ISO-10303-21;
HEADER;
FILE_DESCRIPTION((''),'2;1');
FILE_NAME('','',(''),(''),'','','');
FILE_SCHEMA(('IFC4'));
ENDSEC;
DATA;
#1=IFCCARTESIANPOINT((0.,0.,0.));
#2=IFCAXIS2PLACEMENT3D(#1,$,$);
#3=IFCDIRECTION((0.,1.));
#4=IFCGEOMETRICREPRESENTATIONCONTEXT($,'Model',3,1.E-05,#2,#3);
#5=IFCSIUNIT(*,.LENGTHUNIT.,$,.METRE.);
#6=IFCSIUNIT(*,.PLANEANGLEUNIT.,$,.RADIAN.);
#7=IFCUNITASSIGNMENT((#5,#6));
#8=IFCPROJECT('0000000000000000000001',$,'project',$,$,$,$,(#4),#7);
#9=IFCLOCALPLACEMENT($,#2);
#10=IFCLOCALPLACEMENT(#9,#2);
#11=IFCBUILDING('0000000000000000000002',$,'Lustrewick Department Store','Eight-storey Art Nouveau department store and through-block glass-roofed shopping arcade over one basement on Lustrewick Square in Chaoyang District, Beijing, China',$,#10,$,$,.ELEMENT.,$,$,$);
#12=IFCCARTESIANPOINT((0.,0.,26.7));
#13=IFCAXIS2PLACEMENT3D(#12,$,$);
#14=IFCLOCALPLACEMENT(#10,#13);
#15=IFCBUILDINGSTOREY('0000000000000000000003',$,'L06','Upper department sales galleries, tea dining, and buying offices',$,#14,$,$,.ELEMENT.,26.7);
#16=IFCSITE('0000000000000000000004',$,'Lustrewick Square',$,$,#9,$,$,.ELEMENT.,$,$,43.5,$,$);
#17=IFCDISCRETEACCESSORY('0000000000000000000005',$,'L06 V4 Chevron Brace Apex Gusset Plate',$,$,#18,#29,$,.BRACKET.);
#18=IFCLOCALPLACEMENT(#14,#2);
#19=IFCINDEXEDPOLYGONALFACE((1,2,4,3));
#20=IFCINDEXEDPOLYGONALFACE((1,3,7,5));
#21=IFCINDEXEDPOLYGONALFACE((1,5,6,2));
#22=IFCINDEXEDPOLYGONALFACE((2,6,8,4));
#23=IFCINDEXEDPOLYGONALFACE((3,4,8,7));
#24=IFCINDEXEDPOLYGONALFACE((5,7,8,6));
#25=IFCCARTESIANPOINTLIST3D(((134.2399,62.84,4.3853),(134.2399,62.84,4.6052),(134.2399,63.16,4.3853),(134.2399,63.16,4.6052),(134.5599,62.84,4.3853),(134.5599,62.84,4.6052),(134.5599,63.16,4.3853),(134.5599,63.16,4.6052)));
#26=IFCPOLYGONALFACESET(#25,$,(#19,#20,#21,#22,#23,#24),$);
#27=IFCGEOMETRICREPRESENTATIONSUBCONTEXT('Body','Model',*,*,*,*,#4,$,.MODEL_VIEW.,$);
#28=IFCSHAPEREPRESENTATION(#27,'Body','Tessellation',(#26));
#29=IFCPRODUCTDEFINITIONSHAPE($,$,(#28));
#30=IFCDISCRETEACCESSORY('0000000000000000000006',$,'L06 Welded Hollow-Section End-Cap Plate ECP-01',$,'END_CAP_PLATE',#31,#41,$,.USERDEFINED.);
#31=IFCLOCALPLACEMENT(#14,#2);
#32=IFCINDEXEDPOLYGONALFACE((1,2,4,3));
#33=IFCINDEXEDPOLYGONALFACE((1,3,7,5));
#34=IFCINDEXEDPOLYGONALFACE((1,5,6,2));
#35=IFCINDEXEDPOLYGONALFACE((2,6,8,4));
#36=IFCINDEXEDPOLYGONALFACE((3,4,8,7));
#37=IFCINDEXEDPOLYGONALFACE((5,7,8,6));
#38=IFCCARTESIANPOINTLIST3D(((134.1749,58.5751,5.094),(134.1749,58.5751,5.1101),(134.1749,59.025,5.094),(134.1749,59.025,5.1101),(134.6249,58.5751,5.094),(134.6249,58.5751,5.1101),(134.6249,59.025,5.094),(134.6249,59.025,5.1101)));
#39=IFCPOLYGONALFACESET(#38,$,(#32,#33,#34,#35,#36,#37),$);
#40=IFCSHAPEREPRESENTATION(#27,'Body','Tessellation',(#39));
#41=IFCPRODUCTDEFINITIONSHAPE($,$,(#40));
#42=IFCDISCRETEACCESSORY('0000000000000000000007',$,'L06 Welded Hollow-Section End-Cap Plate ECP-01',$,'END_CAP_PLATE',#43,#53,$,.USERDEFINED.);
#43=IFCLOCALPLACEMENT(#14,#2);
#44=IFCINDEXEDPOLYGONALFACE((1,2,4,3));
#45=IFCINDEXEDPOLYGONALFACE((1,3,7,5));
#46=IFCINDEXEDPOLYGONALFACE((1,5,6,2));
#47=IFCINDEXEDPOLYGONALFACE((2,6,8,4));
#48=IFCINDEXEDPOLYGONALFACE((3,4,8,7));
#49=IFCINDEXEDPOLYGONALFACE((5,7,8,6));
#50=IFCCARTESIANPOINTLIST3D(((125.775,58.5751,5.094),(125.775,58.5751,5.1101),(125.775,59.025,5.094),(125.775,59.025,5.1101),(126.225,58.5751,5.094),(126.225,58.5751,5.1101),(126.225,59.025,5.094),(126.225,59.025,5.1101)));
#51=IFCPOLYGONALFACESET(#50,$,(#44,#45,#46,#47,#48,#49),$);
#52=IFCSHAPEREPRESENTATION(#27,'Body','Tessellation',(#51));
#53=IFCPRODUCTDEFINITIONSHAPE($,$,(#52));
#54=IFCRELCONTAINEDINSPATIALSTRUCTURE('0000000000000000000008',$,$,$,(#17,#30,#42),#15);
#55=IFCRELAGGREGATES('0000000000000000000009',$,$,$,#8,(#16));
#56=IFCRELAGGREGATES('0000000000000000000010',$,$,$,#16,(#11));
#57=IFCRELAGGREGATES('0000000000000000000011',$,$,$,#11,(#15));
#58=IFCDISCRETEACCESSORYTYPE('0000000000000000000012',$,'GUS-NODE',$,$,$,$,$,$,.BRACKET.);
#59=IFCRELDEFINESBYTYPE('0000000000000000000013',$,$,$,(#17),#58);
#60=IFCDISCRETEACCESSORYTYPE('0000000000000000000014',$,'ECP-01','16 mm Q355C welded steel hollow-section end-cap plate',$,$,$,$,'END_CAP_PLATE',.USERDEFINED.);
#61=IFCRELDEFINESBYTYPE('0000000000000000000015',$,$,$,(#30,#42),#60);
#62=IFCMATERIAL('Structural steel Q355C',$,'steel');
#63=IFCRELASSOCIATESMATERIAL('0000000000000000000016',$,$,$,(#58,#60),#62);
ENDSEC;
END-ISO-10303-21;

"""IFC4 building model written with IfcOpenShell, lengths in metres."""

from ifc_helpers import new_model, si_unit, direction, frame, origin, origin_2d, place, context, subcontext, project, spatial, rectangle, extrude, material, type_object, element, save


model = new_model("IFC4")

# Units and contexts
model_context = context("Model", 3, precision=1e-05, world=origin(), true_north=direction((0.0, 1.0)))
body_context = subcontext(model_context, "Body", "Model", "MODEL_VIEW")
ifc_project = project(units=[si_unit("LENGTHUNIT", "METRE"), si_unit("PLANEANGLEUNIT", "RADIAN")], contexts=[model_context])

# Site, building, storey
site_placement = place(None, origin())
site = spatial("IfcSite", under=ifc_project, at=site_placement, Name="Lustrewick Square", CompositionType="ELEMENT", RefElevation=43.5)
building_placement = place(site_placement, origin())
building = spatial("IfcBuilding", under=site, at=building_placement, Name="Lustrewick Department Store", Description="Eight-storey Art Nouveau department store and through-block glass-roofed shopping arcade over one basement on Lustrewick Square in Chaoyang District, Beijing, China", CompositionType="ELEMENT")
storey_placement = place(building_placement, frame((0.0, 0.0, 26.7)))
storey = spatial("IfcBuildingStorey", under=building, at=storey_placement, Name="L06", Description="Upper department sales galleries, tea dining, and buying offices", CompositionType="ELEMENT", Elevation=26.7)

# Shared definitions
ifc_material_1 = material(Name="Structural steel Q355C", Category="steel")

# Discrete accessories
discrete_accessory_type_1 = type_object("IfcDiscreteAccessoryType", Name="GUS-NODE", PredefinedType="BRACKET", material=ifc_material_1)
discrete_accessory_placement = place(storey_placement, frame((134.3999, 63.0, 4.3853), z_axis=(0.0, 0.0, 1.0), x_axis=(1.0, 0.0, 0.0)))
element("IfcDiscreteAccessory", 1, at=discrete_accessory_placement, inside=storey, type_object=discrete_accessory_type_1, Name="L06 V4 Chevron Brace Apex Gusset Plate", PredefinedType="BRACKET", context=body_context, shape_type="SweptSolid", body=[
    extrude(rectangle(XDim=0.3201, YDim=0.3201, at=origin_2d()), origin(), (0.0, 0.0, 1.0), 0.22),
])
discrete_accessory_type_2 = type_object("IfcDiscreteAccessoryType", Name="ECP-01", Description="16 mm Q355C welded steel hollow-section end-cap plate", ElementType="END_CAP_PLATE", PredefinedType="USERDEFINED", material=ifc_material_1)
for number, where, z_axis, x_axis, name in (
    (2, (134.3999, 58.8, 5.094), (0.0, 0.0, 1.0), (1.0, 0.0, 0.0), "L06 Welded Hollow-Section End-Cap Plate ECP-01"),
    (3, (126.0, 58.8, 5.094), (0.0, 0.0, 1.0), (1.0, 0.0, 0.0), "L06 Welded Hollow-Section End-Cap Plate ECP-01"),
):
    element("IfcDiscreteAccessory", number, at=place(storey_placement, frame(where, z_axis=z_axis, x_axis=x_axis)), inside=storey, type_object=discrete_accessory_type_2, Name=name, ObjectType="END_CAP_PLATE", PredefinedType="USERDEFINED", context=body_context, shape_type="SweptSolid", body=[
        extrude(rectangle(XDim=0.45, YDim=0.45, at=origin_2d()), origin(), (0.0, 0.0, 1.0), 0.0161),
    ])

save(model, "model.ifc")
